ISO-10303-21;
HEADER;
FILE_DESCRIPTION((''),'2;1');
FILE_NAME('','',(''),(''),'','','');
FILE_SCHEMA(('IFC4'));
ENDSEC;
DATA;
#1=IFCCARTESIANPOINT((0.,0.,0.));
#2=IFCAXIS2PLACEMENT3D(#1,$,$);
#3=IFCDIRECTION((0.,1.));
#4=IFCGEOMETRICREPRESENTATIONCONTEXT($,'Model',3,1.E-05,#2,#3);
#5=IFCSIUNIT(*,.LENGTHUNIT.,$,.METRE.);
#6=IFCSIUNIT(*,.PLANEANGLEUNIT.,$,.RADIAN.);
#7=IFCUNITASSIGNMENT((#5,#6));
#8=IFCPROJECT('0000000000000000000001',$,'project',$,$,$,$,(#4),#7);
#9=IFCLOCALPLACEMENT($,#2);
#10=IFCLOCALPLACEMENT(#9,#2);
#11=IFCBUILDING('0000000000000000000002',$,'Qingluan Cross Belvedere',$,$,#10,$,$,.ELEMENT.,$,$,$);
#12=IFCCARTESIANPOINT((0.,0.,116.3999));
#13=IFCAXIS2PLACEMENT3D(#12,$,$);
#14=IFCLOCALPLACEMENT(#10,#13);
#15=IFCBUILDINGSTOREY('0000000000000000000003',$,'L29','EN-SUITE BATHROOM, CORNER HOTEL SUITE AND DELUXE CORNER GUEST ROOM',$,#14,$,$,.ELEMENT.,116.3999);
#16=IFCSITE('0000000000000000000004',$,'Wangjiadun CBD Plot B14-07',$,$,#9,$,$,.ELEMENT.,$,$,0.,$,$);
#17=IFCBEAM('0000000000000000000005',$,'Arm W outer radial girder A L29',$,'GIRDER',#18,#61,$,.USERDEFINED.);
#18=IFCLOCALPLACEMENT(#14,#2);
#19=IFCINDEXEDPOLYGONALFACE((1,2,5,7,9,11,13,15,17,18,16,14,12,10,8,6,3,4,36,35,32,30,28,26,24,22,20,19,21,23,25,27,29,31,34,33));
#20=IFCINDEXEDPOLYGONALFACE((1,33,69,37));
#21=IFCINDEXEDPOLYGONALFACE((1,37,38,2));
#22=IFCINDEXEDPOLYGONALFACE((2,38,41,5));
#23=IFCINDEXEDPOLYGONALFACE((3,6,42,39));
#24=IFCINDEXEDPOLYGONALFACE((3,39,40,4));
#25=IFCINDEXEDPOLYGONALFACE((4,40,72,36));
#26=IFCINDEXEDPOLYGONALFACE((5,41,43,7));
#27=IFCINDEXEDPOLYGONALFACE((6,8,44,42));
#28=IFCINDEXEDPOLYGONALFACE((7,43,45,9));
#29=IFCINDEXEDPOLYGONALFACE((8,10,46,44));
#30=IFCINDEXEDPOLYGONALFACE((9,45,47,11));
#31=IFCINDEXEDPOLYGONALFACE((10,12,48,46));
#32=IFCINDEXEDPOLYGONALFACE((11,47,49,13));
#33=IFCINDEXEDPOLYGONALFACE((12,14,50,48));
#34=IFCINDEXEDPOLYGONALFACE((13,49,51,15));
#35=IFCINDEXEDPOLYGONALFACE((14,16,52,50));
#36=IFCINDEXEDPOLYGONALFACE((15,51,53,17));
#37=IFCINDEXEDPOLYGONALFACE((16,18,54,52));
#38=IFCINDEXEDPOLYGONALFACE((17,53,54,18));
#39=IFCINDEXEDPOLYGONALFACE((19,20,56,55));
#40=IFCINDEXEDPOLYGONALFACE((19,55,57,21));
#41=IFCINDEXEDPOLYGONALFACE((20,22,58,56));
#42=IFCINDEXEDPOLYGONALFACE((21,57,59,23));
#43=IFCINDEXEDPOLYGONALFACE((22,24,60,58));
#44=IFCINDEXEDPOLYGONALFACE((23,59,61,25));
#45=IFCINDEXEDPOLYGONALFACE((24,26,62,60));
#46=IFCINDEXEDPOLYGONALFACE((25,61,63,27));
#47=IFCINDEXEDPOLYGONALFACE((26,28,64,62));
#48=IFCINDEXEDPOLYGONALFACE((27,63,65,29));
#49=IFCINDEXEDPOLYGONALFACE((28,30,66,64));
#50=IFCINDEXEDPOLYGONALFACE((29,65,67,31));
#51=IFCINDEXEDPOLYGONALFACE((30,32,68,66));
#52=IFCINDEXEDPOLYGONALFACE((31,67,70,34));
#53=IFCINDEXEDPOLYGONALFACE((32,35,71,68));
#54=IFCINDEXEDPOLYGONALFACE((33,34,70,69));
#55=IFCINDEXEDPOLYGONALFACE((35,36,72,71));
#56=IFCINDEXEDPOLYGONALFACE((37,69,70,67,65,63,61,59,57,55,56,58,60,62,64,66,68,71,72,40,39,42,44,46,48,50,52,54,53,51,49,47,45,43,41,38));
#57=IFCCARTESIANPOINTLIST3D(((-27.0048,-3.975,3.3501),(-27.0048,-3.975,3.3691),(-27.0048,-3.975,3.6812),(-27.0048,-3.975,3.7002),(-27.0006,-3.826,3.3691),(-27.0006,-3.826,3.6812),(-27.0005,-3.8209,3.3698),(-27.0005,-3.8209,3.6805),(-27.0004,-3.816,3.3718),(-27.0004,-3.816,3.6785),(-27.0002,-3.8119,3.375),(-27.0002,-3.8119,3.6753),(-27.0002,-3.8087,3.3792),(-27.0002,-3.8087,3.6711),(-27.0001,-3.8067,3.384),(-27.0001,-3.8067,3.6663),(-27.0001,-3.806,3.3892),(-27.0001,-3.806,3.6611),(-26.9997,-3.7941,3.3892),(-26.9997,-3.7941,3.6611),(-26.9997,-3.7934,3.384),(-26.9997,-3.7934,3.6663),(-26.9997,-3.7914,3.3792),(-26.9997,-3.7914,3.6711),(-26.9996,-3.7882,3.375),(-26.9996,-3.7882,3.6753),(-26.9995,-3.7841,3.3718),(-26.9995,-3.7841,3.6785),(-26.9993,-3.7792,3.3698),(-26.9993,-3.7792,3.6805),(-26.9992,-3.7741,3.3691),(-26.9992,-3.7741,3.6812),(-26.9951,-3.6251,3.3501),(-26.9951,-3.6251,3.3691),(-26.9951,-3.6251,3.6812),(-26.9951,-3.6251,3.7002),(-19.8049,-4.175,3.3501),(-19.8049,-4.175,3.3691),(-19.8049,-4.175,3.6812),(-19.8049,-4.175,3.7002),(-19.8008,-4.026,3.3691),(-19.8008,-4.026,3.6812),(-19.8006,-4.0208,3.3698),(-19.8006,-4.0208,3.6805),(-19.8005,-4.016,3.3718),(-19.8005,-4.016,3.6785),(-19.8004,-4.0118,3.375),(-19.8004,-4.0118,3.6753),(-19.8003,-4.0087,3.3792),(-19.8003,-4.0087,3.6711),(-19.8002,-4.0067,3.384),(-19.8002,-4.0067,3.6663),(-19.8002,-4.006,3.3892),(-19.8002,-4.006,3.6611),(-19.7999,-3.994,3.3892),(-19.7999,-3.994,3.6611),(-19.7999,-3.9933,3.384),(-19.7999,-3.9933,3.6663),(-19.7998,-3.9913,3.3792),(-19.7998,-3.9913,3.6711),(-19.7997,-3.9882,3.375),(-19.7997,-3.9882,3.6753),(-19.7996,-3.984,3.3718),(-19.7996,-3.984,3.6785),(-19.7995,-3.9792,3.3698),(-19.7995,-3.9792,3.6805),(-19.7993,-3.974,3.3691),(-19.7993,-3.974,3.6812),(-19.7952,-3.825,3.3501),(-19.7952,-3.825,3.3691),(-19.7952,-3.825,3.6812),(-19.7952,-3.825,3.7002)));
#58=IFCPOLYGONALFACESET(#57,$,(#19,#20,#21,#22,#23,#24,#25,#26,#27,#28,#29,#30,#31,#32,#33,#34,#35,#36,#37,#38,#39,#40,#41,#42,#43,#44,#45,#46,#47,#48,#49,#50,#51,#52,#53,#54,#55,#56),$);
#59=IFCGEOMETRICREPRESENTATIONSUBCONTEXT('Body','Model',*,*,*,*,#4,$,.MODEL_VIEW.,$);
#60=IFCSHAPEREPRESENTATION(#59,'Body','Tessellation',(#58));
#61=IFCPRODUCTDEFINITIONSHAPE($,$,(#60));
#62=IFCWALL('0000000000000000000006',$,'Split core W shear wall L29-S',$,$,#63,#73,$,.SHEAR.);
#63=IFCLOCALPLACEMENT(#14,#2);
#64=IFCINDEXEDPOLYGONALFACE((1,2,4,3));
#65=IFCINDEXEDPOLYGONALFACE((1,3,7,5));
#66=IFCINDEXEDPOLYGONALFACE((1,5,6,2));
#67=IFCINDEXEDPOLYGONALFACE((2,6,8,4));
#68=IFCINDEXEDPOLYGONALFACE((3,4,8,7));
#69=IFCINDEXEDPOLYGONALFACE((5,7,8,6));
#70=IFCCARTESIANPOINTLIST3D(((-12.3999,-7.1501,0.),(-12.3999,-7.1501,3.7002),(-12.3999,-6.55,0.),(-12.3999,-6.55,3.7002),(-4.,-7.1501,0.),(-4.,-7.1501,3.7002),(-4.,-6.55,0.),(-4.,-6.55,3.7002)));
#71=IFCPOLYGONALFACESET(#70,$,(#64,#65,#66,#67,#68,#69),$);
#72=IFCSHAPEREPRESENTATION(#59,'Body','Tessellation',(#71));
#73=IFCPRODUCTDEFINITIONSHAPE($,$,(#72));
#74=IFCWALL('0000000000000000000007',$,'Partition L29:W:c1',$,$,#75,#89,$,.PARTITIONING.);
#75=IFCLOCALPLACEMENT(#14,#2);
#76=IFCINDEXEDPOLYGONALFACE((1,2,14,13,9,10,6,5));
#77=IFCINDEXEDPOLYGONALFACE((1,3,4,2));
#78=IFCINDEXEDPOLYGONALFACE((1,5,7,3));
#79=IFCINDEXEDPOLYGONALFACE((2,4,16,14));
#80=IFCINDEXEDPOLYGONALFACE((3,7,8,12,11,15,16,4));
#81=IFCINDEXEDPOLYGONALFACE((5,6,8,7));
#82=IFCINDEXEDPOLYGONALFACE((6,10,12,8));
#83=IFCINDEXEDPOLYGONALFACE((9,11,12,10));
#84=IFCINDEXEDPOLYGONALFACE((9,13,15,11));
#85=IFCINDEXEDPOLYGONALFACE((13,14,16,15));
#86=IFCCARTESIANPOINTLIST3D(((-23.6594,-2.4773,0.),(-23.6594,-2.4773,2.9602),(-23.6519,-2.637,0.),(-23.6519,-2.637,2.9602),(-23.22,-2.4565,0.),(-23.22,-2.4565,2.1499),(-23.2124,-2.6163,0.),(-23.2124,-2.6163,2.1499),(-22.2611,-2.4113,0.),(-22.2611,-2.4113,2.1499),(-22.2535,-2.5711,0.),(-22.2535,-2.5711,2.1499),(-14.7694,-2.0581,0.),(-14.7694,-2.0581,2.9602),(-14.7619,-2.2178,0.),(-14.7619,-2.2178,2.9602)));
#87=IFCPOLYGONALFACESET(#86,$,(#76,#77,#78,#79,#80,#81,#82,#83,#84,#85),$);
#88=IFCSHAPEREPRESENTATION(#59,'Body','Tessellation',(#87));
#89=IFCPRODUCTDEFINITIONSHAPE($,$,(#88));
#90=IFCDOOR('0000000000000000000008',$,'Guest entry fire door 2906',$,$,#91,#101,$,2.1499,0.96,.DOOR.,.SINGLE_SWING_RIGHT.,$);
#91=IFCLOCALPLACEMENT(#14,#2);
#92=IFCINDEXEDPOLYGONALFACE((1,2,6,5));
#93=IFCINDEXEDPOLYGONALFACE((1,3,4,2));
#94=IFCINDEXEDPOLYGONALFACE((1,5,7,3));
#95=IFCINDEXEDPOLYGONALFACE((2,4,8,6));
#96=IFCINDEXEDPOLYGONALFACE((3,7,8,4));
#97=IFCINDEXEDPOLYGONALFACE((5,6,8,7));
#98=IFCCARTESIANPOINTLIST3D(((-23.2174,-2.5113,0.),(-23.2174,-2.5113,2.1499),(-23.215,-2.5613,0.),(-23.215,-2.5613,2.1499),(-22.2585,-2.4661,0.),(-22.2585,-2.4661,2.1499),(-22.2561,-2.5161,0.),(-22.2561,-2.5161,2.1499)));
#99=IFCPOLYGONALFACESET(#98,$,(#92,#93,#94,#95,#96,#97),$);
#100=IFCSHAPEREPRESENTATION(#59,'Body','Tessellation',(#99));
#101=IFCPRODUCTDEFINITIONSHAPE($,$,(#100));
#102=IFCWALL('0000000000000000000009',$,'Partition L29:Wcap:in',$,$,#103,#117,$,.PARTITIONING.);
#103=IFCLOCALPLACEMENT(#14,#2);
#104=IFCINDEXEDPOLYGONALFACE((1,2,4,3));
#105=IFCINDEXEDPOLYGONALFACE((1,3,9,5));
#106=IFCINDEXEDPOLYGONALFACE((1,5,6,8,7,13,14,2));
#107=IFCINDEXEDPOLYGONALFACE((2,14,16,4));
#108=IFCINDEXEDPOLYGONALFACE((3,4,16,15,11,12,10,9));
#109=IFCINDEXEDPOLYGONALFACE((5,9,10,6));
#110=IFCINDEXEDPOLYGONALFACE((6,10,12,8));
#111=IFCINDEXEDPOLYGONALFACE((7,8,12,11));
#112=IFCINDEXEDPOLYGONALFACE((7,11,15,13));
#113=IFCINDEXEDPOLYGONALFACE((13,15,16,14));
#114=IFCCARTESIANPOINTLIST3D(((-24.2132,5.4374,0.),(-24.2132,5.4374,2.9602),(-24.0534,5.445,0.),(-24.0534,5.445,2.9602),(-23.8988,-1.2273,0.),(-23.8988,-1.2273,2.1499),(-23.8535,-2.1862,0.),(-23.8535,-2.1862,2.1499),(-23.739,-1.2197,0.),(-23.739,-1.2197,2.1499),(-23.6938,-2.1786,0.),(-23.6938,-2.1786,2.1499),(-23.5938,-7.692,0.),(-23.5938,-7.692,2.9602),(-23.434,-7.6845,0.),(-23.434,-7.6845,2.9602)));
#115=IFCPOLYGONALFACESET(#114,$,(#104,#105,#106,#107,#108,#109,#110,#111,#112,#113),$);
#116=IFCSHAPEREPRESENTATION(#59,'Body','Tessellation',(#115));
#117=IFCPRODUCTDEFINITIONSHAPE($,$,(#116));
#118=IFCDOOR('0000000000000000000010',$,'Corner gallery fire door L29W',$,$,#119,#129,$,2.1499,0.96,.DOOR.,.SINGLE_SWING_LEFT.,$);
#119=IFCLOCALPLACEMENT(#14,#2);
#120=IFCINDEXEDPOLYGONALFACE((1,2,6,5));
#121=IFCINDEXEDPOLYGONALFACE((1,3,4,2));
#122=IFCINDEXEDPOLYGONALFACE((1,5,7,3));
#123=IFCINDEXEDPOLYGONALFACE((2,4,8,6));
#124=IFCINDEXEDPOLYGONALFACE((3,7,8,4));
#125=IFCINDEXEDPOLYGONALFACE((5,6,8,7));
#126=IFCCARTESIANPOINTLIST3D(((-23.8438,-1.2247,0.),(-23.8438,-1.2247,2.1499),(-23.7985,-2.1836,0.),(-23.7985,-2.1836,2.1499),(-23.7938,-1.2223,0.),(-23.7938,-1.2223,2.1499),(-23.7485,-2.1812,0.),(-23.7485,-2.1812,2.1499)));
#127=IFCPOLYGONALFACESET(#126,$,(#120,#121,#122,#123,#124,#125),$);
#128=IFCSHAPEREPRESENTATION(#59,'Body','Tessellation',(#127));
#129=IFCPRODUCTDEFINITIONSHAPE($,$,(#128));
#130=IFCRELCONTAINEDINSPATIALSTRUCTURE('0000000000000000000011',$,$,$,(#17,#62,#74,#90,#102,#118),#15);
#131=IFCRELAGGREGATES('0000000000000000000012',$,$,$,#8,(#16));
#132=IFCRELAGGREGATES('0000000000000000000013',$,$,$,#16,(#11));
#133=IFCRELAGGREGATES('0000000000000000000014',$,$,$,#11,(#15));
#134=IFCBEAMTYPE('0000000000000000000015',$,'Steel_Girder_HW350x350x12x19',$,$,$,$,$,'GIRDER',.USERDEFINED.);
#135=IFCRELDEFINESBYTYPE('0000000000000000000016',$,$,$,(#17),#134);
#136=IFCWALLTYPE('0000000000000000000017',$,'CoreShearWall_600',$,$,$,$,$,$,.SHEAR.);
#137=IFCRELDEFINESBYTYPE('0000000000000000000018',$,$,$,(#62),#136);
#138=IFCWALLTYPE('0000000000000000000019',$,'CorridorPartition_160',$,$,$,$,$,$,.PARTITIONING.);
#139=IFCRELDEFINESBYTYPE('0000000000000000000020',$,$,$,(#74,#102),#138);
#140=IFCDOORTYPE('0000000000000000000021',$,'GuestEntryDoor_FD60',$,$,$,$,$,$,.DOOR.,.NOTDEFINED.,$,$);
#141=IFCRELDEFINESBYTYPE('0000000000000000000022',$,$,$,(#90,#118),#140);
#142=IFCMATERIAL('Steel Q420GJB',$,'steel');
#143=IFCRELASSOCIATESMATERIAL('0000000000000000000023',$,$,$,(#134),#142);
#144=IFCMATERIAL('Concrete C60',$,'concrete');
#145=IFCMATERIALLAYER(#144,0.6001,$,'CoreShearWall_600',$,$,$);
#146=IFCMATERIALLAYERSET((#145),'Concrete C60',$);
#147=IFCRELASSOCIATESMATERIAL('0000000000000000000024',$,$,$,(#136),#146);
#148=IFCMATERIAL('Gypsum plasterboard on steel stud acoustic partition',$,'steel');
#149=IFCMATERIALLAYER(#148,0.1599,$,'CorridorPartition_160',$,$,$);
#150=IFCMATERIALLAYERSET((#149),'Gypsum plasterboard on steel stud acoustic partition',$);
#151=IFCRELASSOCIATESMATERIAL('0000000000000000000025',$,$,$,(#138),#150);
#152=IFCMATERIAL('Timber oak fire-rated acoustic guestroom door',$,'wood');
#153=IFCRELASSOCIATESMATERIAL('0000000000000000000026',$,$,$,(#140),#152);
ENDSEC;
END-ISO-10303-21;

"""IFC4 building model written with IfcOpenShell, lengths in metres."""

from ifc_helpers import new_model, si_unit, direction, frame, frame_2d, origin, origin_2d, place, context, subcontext, project, spatial, rectangle, i_section, extrude, material, layer, layer_set, material_profile, profile_set, type_object, element, fill, save


model = new_model("IFC4")

# Units and contexts
model_context = context("Model", 3, precision=1e-05, world=origin(), true_north=direction((0.0, 1.0)))
body_context = subcontext(model_context, "Body", "Model", "MODEL_VIEW")
ifc_project = project(units=[si_unit("LENGTHUNIT", "METRE"), si_unit("PLANEANGLEUNIT", "RADIAN")], contexts=[model_context])

# Site, building, storey
site_placement = place(None, origin())
site = spatial("IfcSite", under=ifc_project, at=site_placement, Name="Wangjiadun CBD Plot B14-07", CompositionType="ELEMENT", RefElevation=0.0)
building_placement = place(site_placement, origin())
building = spatial("IfcBuilding", under=site, at=building_placement, Name="Qingluan Cross Belvedere", CompositionType="ELEMENT")
storey_placement = place(building_placement, frame((0.0, 0.0, 116.3999)))
storey = spatial("IfcBuildingStorey", under=building, at=storey_placement, Name="L29", Description="EN-SUITE BATHROOM, CORNER HOTEL SUITE AND DELUXE CORNER GUEST ROOM", CompositionType="ELEMENT", Elevation=116.3999)

# Beam
ifc_material_1 = material(Name="Steel Q420GJB", Category="steel")
ifc_material_profile_1 = material_profile(ifc_material_1, i_section(OverallWidth=0.3501, OverallDepth=0.3501, WebThickness=0.012, FlangeThickness=0.019, FilletRadius=0.02, at=origin_2d()), Name="HW350x350x12x19")
ifc_profile_set_1 = profile_set([ifc_material_profile_1], Name="Steel Q420GJB")
beam_type_1 = type_object("IfcBeamType", Name="Steel_Girder_HW350x350x12x19", ElementType="GIRDER", PredefinedType="USERDEFINED", material=ifc_profile_set_1)
beam_1_placement = place(storey_placement, frame((-19.8, -4.0, 3.5251), z_axis=(-0.999615, 0.02776, 0.0), x_axis=(-0.02776, -0.999615, 0.0)))
element("IfcBeam", 1, at=beam_1_placement, inside=storey, type_object=beam_type_1, Name="Arm W outer radial girder A L29", ObjectType="GIRDER", PredefinedType="USERDEFINED", context=body_context, shape_type="SweptSolid", body=[
    extrude(i_section(OverallWidth=0.3501, OverallDepth=0.3501, WebThickness=0.012, FlangeThickness=0.019, FilletRadius=0.02, at=origin_2d()), origin(), (0.0, 0.0, 1.0), 7.2026),
])

# Wall
ifc_material_2 = material(Name="Concrete C60", Category="concrete")
ifc_layer_1 = layer(ifc_material_2, 0.6001, Name="CoreShearWall_600")
ifc_layer_set_1 = layer_set([ifc_layer_1], Name="Concrete C60")
wall_type_1 = type_object("IfcWallType", Name="CoreShearWall_600", PredefinedType="SHEAR", material=ifc_layer_set_1)
wall_1_placement = place(storey_placement, frame((-12.3999, -6.8501, 0.0), z_axis=(0.0, 0.0, 1.0), x_axis=(1.0, 0.0, 0.0)))
element("IfcWall", 2, at=wall_1_placement, inside=storey, type_object=wall_type_1, Name="Split core W shear wall L29-S", PredefinedType="SHEAR", context=body_context, shape_type="SweptSolid", body=[
    extrude(rectangle(XDim=8.3999, YDim=0.6001, at=frame_2d((4.2, 0.0))), origin(), (0.0, 0.0, 1.0), 3.7002),
])

# Walls, openings, doors
ifc_material_3 = material(Name="Gypsum plasterboard on steel stud acoustic partition", Category="steel")
ifc_layer_2 = layer(ifc_material_3, 0.1599, Name="CorridorPartition_160")
ifc_layer_set_2 = layer_set([ifc_layer_2], Name="Gypsum plasterboard on steel stud acoustic partition")
wall_type_2 = type_object("IfcWallType", Name="CorridorPartition_160", PredefinedType="PARTITIONING", material=ifc_layer_set_2)
wall_2_placement = place(storey_placement, frame((-14.7656, -2.1379, 0.0), z_axis=(0.0, 0.0, 1.0), x_axis=(-0.99889, -0.0471, 0.0)))
wall_2 = element("IfcWall", 3, at=wall_2_placement, inside=storey, type_object=wall_type_2, Name="Partition L29:W:c1", PredefinedType="PARTITIONING", context=body_context, shape_type="SweptSolid", body=[
    extrude(rectangle(XDim=8.8999, YDim=0.1599, at=frame_2d((4.45, 0.0))), origin(), (0.0, 0.0, 1.0), 2.9602),
])
opening_1_placement = place(wall_2_placement, frame((7.5, 0.0, 0.0)))
opening_1 = element("IfcOpeningElement", 4, at=opening_1_placement, cuts=wall_2, PredefinedType="OPENING", context=body_context, shape_type="SweptSolid", body=[
    extrude(rectangle(XDim=0.96, YDim=2.1499, at=frame_2d((0.48, 1.075))), frame((0.0, 0.0898, 0.0), z_axis=(0.0, -1.0, 0.0), x_axis=(1.0, 0.0, 0.0)), (0.0, 0.0, 1.0), 0.1799),
])
ifc_material_4 = material(Name="Timber oak fire-rated acoustic guestroom door", Category="wood")
door_type_1 = type_object("IfcDoorType", Name="GuestEntryDoor_FD60", OperationType="NOTDEFINED", PredefinedType="DOOR", material=ifc_material_4)
door_1_placement = place(opening_1_placement, origin())
door_1 = element("IfcDoor", 5, at=door_1_placement, inside=storey, type_object=door_type_1, Name="Guest entry fire door 2906", OperationType="SINGLE_SWING_RIGHT", OverallHeight=2.1499, OverallWidth=0.96, PredefinedType="DOOR", context=body_context, shape_type="SweptSolid", body=[
    extrude(rectangle(XDim=0.96, YDim=2.1499, at=frame_2d((0.48, 1.075))), frame((0.0, 0.0249, 0.0), z_axis=(0.0, -1.0, 0.0), x_axis=(1.0, 0.0, 0.0)), (0.0, 0.0, 1.0), 0.05),
])
fill(opening_1, door_1)
wall_3_placement = place(storey_placement, frame((-23.5139, -7.6882, 0.0), z_axis=(0.0, 0.0, 1.0), x_axis=(-0.047123, 0.998889, 0.0)))
wall_3 = element("IfcWall", 6, at=wall_3_placement, inside=storey, type_object=wall_type_2, Name="Partition L29:Wcap:in", PredefinedType="PARTITIONING", context=body_context, shape_type="SweptSolid", body=[
    extrude(rectangle(XDim=13.144, YDim=0.1599, at=frame_2d((6.572, 0.0))), origin(), (0.0, 0.0, 1.0), 2.9602),
])
opening_2_placement = place(wall_3_placement, frame((5.512, 0.0, 0.0)))
opening_2 = element("IfcOpeningElement", 7, at=opening_2_placement, cuts=wall_3, PredefinedType="OPENING", context=body_context, shape_type="SweptSolid", body=[
    extrude(rectangle(XDim=0.96, YDim=2.1499, at=frame_2d((0.48, 1.075))), frame((0.0, 0.0898, 0.0), z_axis=(0.0, -1.0, 0.0), x_axis=(1.0, 0.0, 0.0)), (0.0, 0.0, 1.0), 0.1799),
])
door_2_placement = place(opening_2_placement, origin())
door_2 = element("IfcDoor", 8, at=door_2_placement, inside=storey, type_object=door_type_1, Name="Corner gallery fire door L29W", OperationType="SINGLE_SWING_LEFT", OverallHeight=2.1499, OverallWidth=0.96, PredefinedType="DOOR", context=body_context, shape_type="SweptSolid", body=[
    extrude(rectangle(XDim=0.96, YDim=2.1499, at=frame_2d((0.48, 1.075))), frame((0.0, 0.0249, 0.0), z_axis=(0.0, -1.0, 0.0), x_axis=(1.0, 0.0, 0.0)), (0.0, 0.0, 1.0), 0.05),
])
fill(opening_2, door_2)

save(model, "model.ifc")
